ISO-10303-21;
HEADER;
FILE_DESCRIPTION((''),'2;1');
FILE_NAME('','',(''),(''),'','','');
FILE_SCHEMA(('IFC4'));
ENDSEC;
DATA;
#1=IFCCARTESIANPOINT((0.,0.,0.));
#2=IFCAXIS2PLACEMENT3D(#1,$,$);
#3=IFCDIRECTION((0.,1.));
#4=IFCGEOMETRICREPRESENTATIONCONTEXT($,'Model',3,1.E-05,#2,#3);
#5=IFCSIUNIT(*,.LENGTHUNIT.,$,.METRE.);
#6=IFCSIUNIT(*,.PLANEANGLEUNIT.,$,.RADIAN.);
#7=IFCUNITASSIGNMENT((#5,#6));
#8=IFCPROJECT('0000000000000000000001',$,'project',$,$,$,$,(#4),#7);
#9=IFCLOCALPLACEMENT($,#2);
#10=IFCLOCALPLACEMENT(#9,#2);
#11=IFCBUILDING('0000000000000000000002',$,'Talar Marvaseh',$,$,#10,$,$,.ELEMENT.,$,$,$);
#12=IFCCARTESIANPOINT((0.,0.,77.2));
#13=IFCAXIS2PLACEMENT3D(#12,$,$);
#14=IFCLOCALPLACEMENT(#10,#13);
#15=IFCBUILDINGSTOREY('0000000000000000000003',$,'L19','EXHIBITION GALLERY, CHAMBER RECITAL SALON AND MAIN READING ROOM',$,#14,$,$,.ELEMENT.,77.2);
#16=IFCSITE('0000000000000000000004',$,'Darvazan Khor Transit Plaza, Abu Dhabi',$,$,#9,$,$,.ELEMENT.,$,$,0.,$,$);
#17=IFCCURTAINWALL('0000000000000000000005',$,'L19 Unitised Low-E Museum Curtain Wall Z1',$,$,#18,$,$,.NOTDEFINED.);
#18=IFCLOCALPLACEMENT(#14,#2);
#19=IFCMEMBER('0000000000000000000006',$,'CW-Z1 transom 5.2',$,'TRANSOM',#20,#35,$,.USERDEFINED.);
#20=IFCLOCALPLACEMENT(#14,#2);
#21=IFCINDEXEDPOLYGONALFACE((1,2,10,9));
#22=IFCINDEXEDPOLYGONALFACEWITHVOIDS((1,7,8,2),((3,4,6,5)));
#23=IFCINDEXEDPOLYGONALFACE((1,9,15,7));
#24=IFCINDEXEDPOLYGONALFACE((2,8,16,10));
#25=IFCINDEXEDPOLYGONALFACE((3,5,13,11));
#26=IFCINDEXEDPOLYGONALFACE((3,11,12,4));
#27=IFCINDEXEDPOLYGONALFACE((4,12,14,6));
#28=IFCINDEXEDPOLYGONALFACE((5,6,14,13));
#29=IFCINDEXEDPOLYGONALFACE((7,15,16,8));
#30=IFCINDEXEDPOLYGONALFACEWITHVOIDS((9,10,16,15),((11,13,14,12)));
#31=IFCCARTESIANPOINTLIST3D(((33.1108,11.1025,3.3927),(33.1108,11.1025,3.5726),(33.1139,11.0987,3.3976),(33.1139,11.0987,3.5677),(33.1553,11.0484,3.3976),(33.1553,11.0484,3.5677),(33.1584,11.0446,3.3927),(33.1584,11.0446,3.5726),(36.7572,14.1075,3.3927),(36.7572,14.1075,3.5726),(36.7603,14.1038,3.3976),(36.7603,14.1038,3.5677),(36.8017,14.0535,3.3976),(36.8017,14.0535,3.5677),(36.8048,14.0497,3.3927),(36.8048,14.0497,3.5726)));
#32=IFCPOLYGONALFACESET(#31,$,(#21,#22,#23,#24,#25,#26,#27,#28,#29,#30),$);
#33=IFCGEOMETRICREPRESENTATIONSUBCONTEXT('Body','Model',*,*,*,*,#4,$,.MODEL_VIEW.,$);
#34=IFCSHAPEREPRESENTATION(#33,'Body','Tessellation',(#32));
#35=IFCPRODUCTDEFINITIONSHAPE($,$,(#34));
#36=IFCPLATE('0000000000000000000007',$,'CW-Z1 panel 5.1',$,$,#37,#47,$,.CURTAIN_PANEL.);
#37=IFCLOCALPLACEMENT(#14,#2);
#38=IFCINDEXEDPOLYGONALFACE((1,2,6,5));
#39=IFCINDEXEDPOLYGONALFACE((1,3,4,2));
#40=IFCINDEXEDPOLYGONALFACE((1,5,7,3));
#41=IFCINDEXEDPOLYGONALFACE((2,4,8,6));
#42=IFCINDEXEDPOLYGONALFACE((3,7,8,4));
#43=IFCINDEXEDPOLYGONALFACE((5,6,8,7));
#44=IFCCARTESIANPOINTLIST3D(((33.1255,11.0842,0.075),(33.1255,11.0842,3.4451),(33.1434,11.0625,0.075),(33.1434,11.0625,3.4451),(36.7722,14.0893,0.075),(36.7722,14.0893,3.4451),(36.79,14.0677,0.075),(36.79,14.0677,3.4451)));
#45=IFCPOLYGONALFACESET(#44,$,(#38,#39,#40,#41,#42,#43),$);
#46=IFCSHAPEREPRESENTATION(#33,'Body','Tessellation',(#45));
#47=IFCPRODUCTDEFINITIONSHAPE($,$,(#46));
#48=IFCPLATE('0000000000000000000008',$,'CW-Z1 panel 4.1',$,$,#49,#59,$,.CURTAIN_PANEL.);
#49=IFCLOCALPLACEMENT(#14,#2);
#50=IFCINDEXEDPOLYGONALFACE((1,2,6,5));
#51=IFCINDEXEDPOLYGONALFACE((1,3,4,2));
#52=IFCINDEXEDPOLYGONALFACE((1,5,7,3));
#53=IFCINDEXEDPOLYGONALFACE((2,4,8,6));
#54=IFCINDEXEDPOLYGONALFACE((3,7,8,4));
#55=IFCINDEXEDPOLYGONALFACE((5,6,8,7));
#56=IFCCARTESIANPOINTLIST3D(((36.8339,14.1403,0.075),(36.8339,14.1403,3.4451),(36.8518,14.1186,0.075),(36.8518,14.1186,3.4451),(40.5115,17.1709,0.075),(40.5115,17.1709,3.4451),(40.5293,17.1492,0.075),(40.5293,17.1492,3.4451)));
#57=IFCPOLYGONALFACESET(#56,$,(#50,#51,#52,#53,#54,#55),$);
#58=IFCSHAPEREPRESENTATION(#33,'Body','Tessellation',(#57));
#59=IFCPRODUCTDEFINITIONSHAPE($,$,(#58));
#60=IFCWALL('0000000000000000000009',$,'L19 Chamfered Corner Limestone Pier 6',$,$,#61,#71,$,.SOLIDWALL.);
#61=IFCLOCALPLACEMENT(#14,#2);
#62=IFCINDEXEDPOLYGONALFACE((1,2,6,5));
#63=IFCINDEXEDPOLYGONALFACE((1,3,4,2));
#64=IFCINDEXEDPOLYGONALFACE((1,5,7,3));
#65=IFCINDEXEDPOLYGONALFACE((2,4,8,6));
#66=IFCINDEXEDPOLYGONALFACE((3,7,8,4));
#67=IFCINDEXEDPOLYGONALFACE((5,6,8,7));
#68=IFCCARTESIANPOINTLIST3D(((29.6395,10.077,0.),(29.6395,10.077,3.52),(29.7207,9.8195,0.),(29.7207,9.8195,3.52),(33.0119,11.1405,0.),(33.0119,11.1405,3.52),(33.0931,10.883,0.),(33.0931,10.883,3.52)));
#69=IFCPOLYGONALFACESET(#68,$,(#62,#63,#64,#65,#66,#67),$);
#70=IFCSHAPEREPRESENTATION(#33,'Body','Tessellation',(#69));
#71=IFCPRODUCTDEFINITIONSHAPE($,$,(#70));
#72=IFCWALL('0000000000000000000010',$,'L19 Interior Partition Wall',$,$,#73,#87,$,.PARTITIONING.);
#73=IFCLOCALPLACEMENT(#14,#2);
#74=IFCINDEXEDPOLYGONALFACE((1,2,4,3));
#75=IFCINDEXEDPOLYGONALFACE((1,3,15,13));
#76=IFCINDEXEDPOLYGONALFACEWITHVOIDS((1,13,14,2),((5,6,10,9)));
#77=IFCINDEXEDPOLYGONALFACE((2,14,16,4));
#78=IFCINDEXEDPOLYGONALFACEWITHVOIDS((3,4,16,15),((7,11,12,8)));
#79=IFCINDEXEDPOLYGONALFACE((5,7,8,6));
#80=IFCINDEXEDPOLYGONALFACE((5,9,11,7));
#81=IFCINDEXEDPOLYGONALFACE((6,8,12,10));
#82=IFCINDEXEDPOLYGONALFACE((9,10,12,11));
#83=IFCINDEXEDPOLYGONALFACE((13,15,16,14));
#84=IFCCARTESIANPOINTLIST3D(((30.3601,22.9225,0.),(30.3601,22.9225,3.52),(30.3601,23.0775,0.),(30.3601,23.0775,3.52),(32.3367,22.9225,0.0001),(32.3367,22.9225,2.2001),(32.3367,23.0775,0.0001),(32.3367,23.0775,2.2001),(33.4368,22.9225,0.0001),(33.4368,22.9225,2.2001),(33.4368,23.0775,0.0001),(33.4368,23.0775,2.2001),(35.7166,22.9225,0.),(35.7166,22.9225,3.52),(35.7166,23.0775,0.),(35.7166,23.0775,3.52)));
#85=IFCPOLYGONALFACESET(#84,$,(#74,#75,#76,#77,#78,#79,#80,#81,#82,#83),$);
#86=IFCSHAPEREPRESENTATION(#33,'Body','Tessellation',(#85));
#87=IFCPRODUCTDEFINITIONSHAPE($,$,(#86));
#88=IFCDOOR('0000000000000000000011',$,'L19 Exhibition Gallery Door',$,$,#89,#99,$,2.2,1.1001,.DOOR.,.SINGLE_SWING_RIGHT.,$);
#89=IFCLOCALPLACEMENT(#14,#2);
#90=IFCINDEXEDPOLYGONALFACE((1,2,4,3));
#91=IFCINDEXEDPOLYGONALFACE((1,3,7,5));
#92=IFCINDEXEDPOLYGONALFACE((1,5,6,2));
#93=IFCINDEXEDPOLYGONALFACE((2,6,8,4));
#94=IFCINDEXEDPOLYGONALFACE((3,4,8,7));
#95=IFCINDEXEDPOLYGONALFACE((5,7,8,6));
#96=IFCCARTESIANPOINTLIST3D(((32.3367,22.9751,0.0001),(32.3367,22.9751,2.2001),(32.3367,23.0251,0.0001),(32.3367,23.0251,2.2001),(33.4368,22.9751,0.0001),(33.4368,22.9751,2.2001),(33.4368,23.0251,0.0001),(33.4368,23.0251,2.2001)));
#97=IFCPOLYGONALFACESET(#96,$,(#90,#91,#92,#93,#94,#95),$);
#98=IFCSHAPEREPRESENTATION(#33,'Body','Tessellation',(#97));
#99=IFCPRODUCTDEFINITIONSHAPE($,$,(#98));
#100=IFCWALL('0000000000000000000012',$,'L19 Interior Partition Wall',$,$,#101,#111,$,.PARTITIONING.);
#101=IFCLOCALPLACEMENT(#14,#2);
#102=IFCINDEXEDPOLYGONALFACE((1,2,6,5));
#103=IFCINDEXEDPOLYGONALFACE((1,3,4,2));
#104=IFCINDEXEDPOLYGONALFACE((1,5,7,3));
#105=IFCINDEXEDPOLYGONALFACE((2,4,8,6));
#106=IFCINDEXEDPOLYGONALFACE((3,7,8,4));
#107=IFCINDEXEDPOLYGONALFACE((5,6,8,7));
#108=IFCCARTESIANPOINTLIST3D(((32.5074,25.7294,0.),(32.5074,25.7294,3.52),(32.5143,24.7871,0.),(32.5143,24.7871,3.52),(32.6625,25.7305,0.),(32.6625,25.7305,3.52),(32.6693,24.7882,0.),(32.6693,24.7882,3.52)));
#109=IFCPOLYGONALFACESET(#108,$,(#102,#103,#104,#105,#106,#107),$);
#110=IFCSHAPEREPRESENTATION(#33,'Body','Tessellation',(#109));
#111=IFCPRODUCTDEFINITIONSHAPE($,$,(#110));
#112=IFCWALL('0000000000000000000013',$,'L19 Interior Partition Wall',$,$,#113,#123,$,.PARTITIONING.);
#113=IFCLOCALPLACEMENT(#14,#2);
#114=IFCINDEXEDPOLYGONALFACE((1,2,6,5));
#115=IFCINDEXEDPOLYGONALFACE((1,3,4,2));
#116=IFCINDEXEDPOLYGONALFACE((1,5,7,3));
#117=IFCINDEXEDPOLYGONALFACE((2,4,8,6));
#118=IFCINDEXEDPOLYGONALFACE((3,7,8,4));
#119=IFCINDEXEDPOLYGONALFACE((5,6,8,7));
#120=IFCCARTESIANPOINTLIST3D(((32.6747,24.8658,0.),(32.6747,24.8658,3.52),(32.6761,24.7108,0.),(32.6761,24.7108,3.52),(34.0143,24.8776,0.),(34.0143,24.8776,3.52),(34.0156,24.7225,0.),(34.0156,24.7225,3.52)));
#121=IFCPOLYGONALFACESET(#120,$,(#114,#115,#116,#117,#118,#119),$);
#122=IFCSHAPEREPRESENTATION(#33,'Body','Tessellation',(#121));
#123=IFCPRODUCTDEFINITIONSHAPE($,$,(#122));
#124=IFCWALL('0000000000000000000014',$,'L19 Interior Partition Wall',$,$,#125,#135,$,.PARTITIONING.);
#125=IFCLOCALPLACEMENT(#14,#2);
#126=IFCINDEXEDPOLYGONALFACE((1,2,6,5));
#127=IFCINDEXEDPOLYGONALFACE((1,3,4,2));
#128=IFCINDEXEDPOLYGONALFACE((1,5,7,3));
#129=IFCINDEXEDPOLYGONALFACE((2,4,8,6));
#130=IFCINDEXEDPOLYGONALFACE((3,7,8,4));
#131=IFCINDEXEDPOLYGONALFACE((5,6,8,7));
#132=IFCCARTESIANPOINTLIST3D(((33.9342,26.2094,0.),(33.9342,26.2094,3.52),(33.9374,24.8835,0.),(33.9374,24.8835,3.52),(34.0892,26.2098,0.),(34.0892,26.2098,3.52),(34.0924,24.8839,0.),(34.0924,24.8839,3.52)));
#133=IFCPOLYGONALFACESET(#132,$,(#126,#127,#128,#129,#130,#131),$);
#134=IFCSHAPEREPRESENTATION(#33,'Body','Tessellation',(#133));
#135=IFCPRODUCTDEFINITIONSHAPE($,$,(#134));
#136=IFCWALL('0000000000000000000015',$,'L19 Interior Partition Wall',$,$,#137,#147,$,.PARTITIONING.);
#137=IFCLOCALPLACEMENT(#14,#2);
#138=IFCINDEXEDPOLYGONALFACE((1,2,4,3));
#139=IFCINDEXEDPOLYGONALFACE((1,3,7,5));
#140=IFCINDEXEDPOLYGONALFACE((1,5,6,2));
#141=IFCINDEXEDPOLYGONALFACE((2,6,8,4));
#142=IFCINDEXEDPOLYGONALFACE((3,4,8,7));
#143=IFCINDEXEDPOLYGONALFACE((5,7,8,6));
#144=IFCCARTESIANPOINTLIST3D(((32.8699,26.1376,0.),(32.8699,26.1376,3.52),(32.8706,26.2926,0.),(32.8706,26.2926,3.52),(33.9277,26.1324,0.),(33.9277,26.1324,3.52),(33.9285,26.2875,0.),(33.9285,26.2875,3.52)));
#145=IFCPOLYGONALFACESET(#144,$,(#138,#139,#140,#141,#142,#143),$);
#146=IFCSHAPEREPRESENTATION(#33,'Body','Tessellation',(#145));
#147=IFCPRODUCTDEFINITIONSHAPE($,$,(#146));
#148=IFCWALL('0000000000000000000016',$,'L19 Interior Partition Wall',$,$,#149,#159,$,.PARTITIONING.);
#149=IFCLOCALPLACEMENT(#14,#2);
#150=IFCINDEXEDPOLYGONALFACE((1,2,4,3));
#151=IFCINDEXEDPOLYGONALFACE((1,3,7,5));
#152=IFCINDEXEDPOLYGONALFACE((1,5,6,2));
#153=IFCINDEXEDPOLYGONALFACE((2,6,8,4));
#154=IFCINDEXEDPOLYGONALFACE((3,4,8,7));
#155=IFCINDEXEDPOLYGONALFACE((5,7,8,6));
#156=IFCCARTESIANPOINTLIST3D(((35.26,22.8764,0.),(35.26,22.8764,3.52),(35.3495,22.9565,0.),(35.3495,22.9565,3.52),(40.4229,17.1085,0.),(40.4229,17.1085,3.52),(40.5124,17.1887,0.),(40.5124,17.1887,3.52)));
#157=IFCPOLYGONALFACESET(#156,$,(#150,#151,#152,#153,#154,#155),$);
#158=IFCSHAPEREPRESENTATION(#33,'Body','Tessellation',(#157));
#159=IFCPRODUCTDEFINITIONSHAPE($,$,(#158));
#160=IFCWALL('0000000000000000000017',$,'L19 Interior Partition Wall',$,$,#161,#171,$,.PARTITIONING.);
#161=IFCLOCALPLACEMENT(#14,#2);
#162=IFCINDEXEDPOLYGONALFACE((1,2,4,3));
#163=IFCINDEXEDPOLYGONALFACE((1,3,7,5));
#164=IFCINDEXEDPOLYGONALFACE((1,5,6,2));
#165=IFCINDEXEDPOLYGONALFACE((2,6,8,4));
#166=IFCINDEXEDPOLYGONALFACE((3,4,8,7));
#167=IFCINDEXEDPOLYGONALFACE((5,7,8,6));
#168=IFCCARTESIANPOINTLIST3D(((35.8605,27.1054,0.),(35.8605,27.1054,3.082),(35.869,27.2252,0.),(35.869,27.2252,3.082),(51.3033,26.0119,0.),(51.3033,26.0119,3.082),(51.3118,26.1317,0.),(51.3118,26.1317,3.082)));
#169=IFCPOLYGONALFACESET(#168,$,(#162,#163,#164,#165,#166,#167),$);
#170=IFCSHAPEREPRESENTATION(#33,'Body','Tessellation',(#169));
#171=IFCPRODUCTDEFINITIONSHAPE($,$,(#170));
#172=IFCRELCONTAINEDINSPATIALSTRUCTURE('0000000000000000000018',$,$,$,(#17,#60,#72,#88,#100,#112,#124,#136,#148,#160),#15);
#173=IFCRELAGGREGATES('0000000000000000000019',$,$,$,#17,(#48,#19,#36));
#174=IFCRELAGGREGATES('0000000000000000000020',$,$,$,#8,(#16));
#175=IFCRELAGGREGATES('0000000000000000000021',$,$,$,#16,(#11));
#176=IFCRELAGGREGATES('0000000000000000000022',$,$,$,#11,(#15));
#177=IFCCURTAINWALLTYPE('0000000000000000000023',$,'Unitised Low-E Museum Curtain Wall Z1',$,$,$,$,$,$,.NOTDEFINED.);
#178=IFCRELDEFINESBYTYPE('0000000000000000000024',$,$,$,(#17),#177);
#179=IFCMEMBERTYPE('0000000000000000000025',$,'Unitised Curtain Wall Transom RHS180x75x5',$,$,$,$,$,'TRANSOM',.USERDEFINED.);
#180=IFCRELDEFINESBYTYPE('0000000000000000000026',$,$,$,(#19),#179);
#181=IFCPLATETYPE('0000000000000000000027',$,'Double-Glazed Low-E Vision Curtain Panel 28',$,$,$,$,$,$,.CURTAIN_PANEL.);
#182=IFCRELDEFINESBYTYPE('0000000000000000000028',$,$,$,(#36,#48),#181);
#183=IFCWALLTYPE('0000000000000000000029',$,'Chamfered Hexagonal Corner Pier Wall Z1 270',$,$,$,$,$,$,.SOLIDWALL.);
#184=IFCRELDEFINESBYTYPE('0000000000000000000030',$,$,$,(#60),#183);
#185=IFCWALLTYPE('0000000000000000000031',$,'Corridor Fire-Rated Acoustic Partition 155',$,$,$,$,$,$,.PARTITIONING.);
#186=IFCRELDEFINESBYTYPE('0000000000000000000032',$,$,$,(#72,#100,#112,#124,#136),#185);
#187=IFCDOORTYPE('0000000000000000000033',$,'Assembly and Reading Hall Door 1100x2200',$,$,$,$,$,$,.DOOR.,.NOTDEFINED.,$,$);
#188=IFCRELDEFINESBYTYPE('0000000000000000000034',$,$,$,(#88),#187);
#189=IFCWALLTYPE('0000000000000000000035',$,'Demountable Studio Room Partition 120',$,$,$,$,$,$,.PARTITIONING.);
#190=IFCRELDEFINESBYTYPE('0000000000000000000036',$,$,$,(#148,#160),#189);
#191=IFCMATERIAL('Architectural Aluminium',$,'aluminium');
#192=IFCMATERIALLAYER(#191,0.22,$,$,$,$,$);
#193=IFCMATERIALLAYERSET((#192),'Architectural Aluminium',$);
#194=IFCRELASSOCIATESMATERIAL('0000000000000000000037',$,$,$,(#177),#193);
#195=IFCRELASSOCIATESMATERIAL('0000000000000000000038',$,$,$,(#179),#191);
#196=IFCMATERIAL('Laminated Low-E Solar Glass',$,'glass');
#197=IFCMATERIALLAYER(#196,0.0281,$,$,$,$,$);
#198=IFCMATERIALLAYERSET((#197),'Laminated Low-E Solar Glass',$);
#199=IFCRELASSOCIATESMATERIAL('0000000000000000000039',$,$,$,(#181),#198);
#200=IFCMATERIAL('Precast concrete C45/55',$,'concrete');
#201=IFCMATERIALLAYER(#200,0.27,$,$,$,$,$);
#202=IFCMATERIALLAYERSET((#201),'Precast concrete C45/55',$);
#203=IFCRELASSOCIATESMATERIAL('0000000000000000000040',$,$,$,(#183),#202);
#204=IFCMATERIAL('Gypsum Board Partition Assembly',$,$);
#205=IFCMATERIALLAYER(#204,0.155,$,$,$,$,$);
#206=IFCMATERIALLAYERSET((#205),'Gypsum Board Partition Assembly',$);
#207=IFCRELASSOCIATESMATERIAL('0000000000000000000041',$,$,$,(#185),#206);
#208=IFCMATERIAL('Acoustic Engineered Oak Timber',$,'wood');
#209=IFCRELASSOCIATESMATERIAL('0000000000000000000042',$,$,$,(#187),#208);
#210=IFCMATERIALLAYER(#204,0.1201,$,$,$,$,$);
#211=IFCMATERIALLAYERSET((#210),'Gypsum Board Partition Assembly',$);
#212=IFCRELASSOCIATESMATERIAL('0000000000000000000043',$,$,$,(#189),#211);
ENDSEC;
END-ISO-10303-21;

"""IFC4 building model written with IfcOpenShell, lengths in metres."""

from ifc_helpers import new_model, si_unit, direction, frame, frame_2d, origin, origin_2d, place, context, subcontext, project, spatial, rectangle, hollow_rectangle, extrude, source, transform, mapped, material, layer, layer_set, material_profile, profile_set, type_object, type_shapes, element, fill, aggregate, save


model = new_model("IFC4")

# Units and contexts
model_context = context("Model", 3, precision=1e-05, world=origin(), true_north=direction((0.0, 1.0)))
body_context = subcontext(model_context, "Body", "Model", "MODEL_VIEW")
ifc_project = project(units=[si_unit("LENGTHUNIT", "METRE"), si_unit("PLANEANGLEUNIT", "RADIAN")], contexts=[model_context])

# Site, building, storey
site_placement = place(None, origin())
site = spatial("IfcSite", under=ifc_project, at=site_placement, Name="Darvazan Khor Transit Plaza, Abu Dhabi", CompositionType="ELEMENT", RefElevation=0.0)
building_placement = place(site_placement, origin())
building = spatial("IfcBuilding", under=site, at=building_placement, Name="Talar Marvaseh", CompositionType="ELEMENT")
storey_placement = place(building_placement, frame((0.0, 0.0, 77.2)))
storey = spatial("IfcBuildingStorey", under=building, at=storey_placement, Name="L19", Description="EXHIBITION GALLERY, CHAMBER RECITAL SALON AND MAIN READING ROOM", CompositionType="ELEMENT", Elevation=77.2)

# Curtain wall, member, plates
ifc_material_1 = material(Name="Architectural Aluminium", Category="aluminium")
ifc_layer_1 = layer(ifc_material_1, 0.22)
ifc_layer_set_1 = layer_set([ifc_layer_1], Name="Architectural Aluminium")
curtain_wall_type = type_object("IfcCurtainWallType", Name="Unitised Low-E Museum Curtain Wall Z1", PredefinedType="NOTDEFINED", material=ifc_layer_set_1)
curtain_wall_placement = place(storey_placement, origin())
curtain_wall = element("IfcCurtainWall", 1, at=curtain_wall_placement, inside=storey, type_object=curtain_wall_type, Name="L19 Unitised Low-E Museum Curtain Wall Z1", PredefinedType="NOTDEFINED")
ifc_material_profile_1 = material_profile(ifc_material_1, hollow_rectangle(XDim=0.075, YDim=0.1799, WallThickness=0.0049, at=origin_2d()), Name="RHS180x75x5")
ifc_profile_set_1 = profile_set([ifc_material_profile_1], Name="Architectural Aluminium")
member_type_1 = type_object("IfcMemberType", Name="Unitised Curtain Wall Transom RHS180x75x5", ElementType="TRANSOM", PredefinedType="USERDEFINED", material=ifc_profile_set_1)
shared_shape_1 = source(origin(), body_context, "Body", "SweptSolid", [
    extrude(hollow_rectangle(XDim=0.075, YDim=0.1799, WallThickness=0.0049, at=origin_2d()), origin(), (0.0, 0.0, 1.0), 4.7251),
])
member_1_placement = place(storey_placement, frame((36.781, 14.0786, 3.4827), z_axis=(-0.771708, -0.635977, 0.0), x_axis=(0.635977, -0.771708, 0.0)))
member_1 = element("IfcMember", 2, at=member_1_placement, type_object=member_type_1, Name="CW-Z1 transom 5.2", ObjectType="TRANSOM", PredefinedType="USERDEFINED", context=body_context, shape_type="MappedRepresentation", body=[
    mapped(shared_shape_1, transform((0.0, 0.0, 0.0), x_axis=(1.0, 0.0, 0.0), y_axis=(0.0, 1.0, 0.0), z_axis=(0.0, 0.0, 1.0), scale=1.0)),
])
ifc_material_2 = material(Name="Laminated Low-E Solar Glass", Category="glass")
ifc_layer_2 = layer(ifc_material_2, 0.0281)
ifc_layer_set_2 = layer_set([ifc_layer_2], Name="Laminated Low-E Solar Glass")
plate_type = type_object("IfcPlateType", Name="Double-Glazed Low-E Vision Curtain Panel 28", PredefinedType="CURTAIN_PANEL", material=ifc_layer_set_2)
shared_shape_2 = source(origin(), body_context, "Body", "SweptSolid", [
    extrude(rectangle(XDim=4.7253, YDim=0.0281, at=origin_2d()), origin(), (0.0, 0.0, 1.0), 3.3701),
])
plate_1_placement = place(storey_placement, frame((34.9578, 12.5759, 0.075), z_axis=(0.0, 0.0, 1.0), x_axis=(-0.771723, -0.635959, 0.0)))
plate_1 = element("IfcPlate", 3, at=plate_1_placement, type_object=plate_type, Name="CW-Z1 panel 5.1", PredefinedType="CURTAIN_PANEL", context=body_context, shape_type="MappedRepresentation", body=[
    mapped(shared_shape_2, transform((0.0, 0.0, 0.0), x_axis=(1.0, 0.0, 0.0), y_axis=(0.0, 1.0, 0.0), z_axis=(0.0, 0.0, 1.0), scale=1.0)),
])
shared_shape_3 = source(origin(), body_context, "Body", "SweptSolid", [
    extrude(rectangle(XDim=4.7654, YDim=0.0281, at=origin_2d()), origin(), (0.0, 0.0, 1.0), 3.3701),
])
type_shapes(plate_type, [shared_shape_2, shared_shape_3])
plate_2_placement = place(storey_placement, frame((38.6816, 15.6448, 0.075), z_axis=(0.0, 0.0, 1.0), x_axis=(-0.771723, -0.635959, 0.0)))
plate_2 = element("IfcPlate", 4, at=plate_2_placement, type_object=plate_type, Name="CW-Z1 panel 4.1", PredefinedType="CURTAIN_PANEL", context=body_context, shape_type="MappedRepresentation", body=[
    mapped(shared_shape_3, transform((0.0, 0.0, 0.0), x_axis=(1.0, 0.0, 0.0), y_axis=(0.0, 1.0, 0.0), z_axis=(0.0, 0.0, 1.0), scale=1.0)),
])
aggregate(curtain_wall, [plate_2, member_1, plate_1])

# Wall
ifc_material_3 = material(Name="Precast concrete C45/55", Category="concrete")
ifc_layer_3 = layer(ifc_material_3, 0.27)
ifc_layer_set_3 = layer_set([ifc_layer_3], Name="Precast concrete C45/55")
wall_type_1 = type_object("IfcWallType", Name="Chamfered Hexagonal Corner Pier Wall Z1 270", PredefinedType="SOLIDWALL", material=ifc_layer_set_3)
wall_1_placement = place(storey_placement, frame((33.0525, 11.0117, 0.0), z_axis=(0.0, 0.0, 1.0), x_axis=(-0.953702, -0.300755, 0.0)))
element("IfcWall", 5, at=wall_1_placement, inside=storey, type_object=wall_type_1, Name="L19 Chamfered Corner Limestone Pier 6", PredefinedType="SOLIDWALL", context=body_context, shape_type="SweptSolid", body=[
    extrude(rectangle(XDim=3.5361, YDim=0.27, at=frame_2d((1.7681, 0.0))), origin(), (0.0, 0.0, 1.0), 3.52),
])

# Wall, opening, door
ifc_material_4 = material(Name="Gypsum Board Partition Assembly")
ifc_layer_4 = layer(ifc_material_4, 0.155)
ifc_layer_set_4 = layer_set([ifc_layer_4], Name="Gypsum Board Partition Assembly")
wall_type_2 = type_object("IfcWallType", Name="Corridor Fire-Rated Acoustic Partition 155", PredefinedType="PARTITIONING", material=ifc_layer_set_4)
wall_2_placement = place(storey_placement, frame((35.7166, 23.0, 0.0), z_axis=(0.0, 0.0, 1.0), x_axis=(-1.0, 0.0, 0.0)))
wall_2 = element("IfcWall", 6, at=wall_2_placement, inside=storey, type_object=wall_type_2, Name="L19 Interior Partition Wall", PredefinedType="PARTITIONING", context=body_context, shape_type="SweptSolid", body=[
    extrude(rectangle(XDim=5.3564, YDim=0.155, at=frame_2d((2.6782, 0.0))), origin(), (0.0, 0.0, 1.0), 3.52),
])
opening_1_placement = place(wall_2_placement, frame((2.2798, 0.0, 0.0)))
opening_1 = element("IfcOpeningElement", 7, at=opening_1_placement, cuts=wall_2, PredefinedType="OPENING", context=body_context, shape_type="SweptSolid", body=[
    extrude(rectangle(XDim=1.1001, YDim=2.2, at=frame_2d((0.55, 1.1001))), frame((0.0, 0.0874, 0.0), z_axis=(0.0, -1.0, 0.0), x_axis=(1.0, 0.0, 0.0)), (0.0, 0.0, 1.0), 0.175),
])
ifc_material_5 = material(Name="Acoustic Engineered Oak Timber", Category="wood")
door_type_1 = type_object("IfcDoorType", Name="Assembly and Reading Hall Door 1100x2200", OperationType="NOTDEFINED", PredefinedType="DOOR", material=ifc_material_5)
shared_shape_4 = source(origin(), body_context, "Body", "SweptSolid", [
    extrude(rectangle(XDim=1.1001, YDim=2.2, at=frame_2d((0.55, 1.1001))), frame((0.0, 0.0249, 0.0), z_axis=(0.0, -1.0, 0.0), x_axis=(1.0, 0.0, 0.0)), (0.0, 0.0, 1.0), 0.05),
])
type_shapes(door_type_1, [shared_shape_4])
door_1_placement = place(opening_1_placement, origin())
door_1 = element("IfcDoor", 8, at=door_1_placement, inside=storey, type_object=door_type_1, Name="L19 Exhibition Gallery Door", OperationType="SINGLE_SWING_RIGHT", OverallHeight=2.2, OverallWidth=1.1001, PredefinedType="DOOR", context=body_context, shape_type="MappedRepresentation", body=[
    mapped(shared_shape_4, transform((0.0, 0.0, 0.0), x_axis=(1.0, 0.0, 0.0), y_axis=(0.0, 1.0, 0.0), z_axis=(0.0, 0.0, 1.0), scale=1.0)),
])
fill(opening_1, door_1)

# Walls
wall_3_placement = place(storey_placement, frame((32.585, 25.73, 0.0), z_axis=(0.0, 0.0, 1.0), x_axis=(0.007254, -0.999974, 0.0)))
element("IfcWall", 9, at=wall_3_placement, inside=storey, type_object=wall_type_2, Name="L19 Interior Partition Wall", PredefinedType="PARTITIONING", context=body_context, shape_type="SweptSolid", body=[
    extrude(rectangle(XDim=0.9424, YDim=0.155, at=frame_2d((0.4712, 0.0))), origin(), (0.0, 0.0, 1.0), 3.52),
])
wall_4_placement = place(storey_placement, frame((32.6753, 24.7883, 0.0), z_axis=(0.0, 0.0, 1.0), x_axis=(0.999962, 0.008748, 0.0)))
element("IfcWall", 10, at=wall_4_placement, inside=storey, type_object=wall_type_2, Name="L19 Interior Partition Wall", PredefinedType="PARTITIONING", context=body_context, shape_type="SweptSolid", body=[
    extrude(rectangle(XDim=1.3396, YDim=0.155, at=frame_2d((0.6699, 0.0))), origin(), (0.0, 0.0, 1.0), 3.52),
])
wall_5_placement = place(storey_placement, frame((34.0149, 24.8835, 0.0), z_axis=(0.0, 0.0, 1.0), x_axis=(-0.002394, 0.999997, 0.0)))
element("IfcWall", 11, at=wall_5_placement, inside=storey, type_object=wall_type_2, Name="L19 Interior Partition Wall", PredefinedType="PARTITIONING", context=body_context, shape_type="SweptSolid", body=[
    extrude(rectangle(XDim=1.3259, YDim=0.155, at=frame_2d((0.6631, 0.0))), origin(), (0.0, 0.0, 1.0), 3.52),
])
wall_6_placement = place(storey_placement, frame((33.928, 26.21, 0.0), z_axis=(0.0, 0.0, 1.0), x_axis=(-0.999988, 0.004846, 0.0)))
element("IfcWall", 12, at=wall_6_placement, inside=storey, type_object=wall_type_2, Name="L19 Interior Partition Wall", PredefinedType="PARTITIONING", context=body_context, shape_type="SweptSolid", body=[
    extrude(rectangle(XDim=1.0579, YDim=0.155, at=frame_2d((0.5288, 0.0))), origin(), (0.0, 0.0, 1.0), 3.52),
])
ifc_layer_5 = layer(ifc_material_4, 0.1201)
ifc_layer_set_5 = layer_set([ifc_layer_5], Name="Gypsum Board Partition Assembly")
wall_type_3 = type_object("IfcWallType", Name="Demountable Studio Room Partition 120", PredefinedType="PARTITIONING", material=ifc_layer_set_5)
wall_7_placement = place(storey_placement, frame((35.3047, 22.9165, 0.0), z_axis=(0.0, 0.0, 1.0), x_axis=(0.66695, -0.745103, 0.0)))
element("IfcWall", 13, at=wall_7_placement, inside=storey, type_object=wall_type_3, Name="L19 Interior Partition Wall", PredefinedType="PARTITIONING", context=body_context, shape_type="SweptSolid", body=[
    extrude(rectangle(XDim=7.741, YDim=0.1201, at=frame_2d((3.8706, 0.0))), origin(), (0.0, 0.0, 1.0), 3.52),
])
wall_8_placement = place(storey_placement, frame((35.8647, 27.1653, 0.0), z_axis=(0.0, 0.0, 1.0), x_axis=(0.997502, -0.070633, 0.0)))
element("IfcWall", 14, at=wall_8_placement, inside=storey, type_object=wall_type_3, Name="L19 Interior Partition Wall", PredefinedType="PARTITIONING", context=body_context, shape_type="SweptSolid", body=[
    extrude(rectangle(XDim=15.4814, YDim=0.1201, at=frame_2d((7.7407, 0.0))), origin(), (0.0, 0.0, 1.0), 3.082),
])

save(model, "model.ifc")
